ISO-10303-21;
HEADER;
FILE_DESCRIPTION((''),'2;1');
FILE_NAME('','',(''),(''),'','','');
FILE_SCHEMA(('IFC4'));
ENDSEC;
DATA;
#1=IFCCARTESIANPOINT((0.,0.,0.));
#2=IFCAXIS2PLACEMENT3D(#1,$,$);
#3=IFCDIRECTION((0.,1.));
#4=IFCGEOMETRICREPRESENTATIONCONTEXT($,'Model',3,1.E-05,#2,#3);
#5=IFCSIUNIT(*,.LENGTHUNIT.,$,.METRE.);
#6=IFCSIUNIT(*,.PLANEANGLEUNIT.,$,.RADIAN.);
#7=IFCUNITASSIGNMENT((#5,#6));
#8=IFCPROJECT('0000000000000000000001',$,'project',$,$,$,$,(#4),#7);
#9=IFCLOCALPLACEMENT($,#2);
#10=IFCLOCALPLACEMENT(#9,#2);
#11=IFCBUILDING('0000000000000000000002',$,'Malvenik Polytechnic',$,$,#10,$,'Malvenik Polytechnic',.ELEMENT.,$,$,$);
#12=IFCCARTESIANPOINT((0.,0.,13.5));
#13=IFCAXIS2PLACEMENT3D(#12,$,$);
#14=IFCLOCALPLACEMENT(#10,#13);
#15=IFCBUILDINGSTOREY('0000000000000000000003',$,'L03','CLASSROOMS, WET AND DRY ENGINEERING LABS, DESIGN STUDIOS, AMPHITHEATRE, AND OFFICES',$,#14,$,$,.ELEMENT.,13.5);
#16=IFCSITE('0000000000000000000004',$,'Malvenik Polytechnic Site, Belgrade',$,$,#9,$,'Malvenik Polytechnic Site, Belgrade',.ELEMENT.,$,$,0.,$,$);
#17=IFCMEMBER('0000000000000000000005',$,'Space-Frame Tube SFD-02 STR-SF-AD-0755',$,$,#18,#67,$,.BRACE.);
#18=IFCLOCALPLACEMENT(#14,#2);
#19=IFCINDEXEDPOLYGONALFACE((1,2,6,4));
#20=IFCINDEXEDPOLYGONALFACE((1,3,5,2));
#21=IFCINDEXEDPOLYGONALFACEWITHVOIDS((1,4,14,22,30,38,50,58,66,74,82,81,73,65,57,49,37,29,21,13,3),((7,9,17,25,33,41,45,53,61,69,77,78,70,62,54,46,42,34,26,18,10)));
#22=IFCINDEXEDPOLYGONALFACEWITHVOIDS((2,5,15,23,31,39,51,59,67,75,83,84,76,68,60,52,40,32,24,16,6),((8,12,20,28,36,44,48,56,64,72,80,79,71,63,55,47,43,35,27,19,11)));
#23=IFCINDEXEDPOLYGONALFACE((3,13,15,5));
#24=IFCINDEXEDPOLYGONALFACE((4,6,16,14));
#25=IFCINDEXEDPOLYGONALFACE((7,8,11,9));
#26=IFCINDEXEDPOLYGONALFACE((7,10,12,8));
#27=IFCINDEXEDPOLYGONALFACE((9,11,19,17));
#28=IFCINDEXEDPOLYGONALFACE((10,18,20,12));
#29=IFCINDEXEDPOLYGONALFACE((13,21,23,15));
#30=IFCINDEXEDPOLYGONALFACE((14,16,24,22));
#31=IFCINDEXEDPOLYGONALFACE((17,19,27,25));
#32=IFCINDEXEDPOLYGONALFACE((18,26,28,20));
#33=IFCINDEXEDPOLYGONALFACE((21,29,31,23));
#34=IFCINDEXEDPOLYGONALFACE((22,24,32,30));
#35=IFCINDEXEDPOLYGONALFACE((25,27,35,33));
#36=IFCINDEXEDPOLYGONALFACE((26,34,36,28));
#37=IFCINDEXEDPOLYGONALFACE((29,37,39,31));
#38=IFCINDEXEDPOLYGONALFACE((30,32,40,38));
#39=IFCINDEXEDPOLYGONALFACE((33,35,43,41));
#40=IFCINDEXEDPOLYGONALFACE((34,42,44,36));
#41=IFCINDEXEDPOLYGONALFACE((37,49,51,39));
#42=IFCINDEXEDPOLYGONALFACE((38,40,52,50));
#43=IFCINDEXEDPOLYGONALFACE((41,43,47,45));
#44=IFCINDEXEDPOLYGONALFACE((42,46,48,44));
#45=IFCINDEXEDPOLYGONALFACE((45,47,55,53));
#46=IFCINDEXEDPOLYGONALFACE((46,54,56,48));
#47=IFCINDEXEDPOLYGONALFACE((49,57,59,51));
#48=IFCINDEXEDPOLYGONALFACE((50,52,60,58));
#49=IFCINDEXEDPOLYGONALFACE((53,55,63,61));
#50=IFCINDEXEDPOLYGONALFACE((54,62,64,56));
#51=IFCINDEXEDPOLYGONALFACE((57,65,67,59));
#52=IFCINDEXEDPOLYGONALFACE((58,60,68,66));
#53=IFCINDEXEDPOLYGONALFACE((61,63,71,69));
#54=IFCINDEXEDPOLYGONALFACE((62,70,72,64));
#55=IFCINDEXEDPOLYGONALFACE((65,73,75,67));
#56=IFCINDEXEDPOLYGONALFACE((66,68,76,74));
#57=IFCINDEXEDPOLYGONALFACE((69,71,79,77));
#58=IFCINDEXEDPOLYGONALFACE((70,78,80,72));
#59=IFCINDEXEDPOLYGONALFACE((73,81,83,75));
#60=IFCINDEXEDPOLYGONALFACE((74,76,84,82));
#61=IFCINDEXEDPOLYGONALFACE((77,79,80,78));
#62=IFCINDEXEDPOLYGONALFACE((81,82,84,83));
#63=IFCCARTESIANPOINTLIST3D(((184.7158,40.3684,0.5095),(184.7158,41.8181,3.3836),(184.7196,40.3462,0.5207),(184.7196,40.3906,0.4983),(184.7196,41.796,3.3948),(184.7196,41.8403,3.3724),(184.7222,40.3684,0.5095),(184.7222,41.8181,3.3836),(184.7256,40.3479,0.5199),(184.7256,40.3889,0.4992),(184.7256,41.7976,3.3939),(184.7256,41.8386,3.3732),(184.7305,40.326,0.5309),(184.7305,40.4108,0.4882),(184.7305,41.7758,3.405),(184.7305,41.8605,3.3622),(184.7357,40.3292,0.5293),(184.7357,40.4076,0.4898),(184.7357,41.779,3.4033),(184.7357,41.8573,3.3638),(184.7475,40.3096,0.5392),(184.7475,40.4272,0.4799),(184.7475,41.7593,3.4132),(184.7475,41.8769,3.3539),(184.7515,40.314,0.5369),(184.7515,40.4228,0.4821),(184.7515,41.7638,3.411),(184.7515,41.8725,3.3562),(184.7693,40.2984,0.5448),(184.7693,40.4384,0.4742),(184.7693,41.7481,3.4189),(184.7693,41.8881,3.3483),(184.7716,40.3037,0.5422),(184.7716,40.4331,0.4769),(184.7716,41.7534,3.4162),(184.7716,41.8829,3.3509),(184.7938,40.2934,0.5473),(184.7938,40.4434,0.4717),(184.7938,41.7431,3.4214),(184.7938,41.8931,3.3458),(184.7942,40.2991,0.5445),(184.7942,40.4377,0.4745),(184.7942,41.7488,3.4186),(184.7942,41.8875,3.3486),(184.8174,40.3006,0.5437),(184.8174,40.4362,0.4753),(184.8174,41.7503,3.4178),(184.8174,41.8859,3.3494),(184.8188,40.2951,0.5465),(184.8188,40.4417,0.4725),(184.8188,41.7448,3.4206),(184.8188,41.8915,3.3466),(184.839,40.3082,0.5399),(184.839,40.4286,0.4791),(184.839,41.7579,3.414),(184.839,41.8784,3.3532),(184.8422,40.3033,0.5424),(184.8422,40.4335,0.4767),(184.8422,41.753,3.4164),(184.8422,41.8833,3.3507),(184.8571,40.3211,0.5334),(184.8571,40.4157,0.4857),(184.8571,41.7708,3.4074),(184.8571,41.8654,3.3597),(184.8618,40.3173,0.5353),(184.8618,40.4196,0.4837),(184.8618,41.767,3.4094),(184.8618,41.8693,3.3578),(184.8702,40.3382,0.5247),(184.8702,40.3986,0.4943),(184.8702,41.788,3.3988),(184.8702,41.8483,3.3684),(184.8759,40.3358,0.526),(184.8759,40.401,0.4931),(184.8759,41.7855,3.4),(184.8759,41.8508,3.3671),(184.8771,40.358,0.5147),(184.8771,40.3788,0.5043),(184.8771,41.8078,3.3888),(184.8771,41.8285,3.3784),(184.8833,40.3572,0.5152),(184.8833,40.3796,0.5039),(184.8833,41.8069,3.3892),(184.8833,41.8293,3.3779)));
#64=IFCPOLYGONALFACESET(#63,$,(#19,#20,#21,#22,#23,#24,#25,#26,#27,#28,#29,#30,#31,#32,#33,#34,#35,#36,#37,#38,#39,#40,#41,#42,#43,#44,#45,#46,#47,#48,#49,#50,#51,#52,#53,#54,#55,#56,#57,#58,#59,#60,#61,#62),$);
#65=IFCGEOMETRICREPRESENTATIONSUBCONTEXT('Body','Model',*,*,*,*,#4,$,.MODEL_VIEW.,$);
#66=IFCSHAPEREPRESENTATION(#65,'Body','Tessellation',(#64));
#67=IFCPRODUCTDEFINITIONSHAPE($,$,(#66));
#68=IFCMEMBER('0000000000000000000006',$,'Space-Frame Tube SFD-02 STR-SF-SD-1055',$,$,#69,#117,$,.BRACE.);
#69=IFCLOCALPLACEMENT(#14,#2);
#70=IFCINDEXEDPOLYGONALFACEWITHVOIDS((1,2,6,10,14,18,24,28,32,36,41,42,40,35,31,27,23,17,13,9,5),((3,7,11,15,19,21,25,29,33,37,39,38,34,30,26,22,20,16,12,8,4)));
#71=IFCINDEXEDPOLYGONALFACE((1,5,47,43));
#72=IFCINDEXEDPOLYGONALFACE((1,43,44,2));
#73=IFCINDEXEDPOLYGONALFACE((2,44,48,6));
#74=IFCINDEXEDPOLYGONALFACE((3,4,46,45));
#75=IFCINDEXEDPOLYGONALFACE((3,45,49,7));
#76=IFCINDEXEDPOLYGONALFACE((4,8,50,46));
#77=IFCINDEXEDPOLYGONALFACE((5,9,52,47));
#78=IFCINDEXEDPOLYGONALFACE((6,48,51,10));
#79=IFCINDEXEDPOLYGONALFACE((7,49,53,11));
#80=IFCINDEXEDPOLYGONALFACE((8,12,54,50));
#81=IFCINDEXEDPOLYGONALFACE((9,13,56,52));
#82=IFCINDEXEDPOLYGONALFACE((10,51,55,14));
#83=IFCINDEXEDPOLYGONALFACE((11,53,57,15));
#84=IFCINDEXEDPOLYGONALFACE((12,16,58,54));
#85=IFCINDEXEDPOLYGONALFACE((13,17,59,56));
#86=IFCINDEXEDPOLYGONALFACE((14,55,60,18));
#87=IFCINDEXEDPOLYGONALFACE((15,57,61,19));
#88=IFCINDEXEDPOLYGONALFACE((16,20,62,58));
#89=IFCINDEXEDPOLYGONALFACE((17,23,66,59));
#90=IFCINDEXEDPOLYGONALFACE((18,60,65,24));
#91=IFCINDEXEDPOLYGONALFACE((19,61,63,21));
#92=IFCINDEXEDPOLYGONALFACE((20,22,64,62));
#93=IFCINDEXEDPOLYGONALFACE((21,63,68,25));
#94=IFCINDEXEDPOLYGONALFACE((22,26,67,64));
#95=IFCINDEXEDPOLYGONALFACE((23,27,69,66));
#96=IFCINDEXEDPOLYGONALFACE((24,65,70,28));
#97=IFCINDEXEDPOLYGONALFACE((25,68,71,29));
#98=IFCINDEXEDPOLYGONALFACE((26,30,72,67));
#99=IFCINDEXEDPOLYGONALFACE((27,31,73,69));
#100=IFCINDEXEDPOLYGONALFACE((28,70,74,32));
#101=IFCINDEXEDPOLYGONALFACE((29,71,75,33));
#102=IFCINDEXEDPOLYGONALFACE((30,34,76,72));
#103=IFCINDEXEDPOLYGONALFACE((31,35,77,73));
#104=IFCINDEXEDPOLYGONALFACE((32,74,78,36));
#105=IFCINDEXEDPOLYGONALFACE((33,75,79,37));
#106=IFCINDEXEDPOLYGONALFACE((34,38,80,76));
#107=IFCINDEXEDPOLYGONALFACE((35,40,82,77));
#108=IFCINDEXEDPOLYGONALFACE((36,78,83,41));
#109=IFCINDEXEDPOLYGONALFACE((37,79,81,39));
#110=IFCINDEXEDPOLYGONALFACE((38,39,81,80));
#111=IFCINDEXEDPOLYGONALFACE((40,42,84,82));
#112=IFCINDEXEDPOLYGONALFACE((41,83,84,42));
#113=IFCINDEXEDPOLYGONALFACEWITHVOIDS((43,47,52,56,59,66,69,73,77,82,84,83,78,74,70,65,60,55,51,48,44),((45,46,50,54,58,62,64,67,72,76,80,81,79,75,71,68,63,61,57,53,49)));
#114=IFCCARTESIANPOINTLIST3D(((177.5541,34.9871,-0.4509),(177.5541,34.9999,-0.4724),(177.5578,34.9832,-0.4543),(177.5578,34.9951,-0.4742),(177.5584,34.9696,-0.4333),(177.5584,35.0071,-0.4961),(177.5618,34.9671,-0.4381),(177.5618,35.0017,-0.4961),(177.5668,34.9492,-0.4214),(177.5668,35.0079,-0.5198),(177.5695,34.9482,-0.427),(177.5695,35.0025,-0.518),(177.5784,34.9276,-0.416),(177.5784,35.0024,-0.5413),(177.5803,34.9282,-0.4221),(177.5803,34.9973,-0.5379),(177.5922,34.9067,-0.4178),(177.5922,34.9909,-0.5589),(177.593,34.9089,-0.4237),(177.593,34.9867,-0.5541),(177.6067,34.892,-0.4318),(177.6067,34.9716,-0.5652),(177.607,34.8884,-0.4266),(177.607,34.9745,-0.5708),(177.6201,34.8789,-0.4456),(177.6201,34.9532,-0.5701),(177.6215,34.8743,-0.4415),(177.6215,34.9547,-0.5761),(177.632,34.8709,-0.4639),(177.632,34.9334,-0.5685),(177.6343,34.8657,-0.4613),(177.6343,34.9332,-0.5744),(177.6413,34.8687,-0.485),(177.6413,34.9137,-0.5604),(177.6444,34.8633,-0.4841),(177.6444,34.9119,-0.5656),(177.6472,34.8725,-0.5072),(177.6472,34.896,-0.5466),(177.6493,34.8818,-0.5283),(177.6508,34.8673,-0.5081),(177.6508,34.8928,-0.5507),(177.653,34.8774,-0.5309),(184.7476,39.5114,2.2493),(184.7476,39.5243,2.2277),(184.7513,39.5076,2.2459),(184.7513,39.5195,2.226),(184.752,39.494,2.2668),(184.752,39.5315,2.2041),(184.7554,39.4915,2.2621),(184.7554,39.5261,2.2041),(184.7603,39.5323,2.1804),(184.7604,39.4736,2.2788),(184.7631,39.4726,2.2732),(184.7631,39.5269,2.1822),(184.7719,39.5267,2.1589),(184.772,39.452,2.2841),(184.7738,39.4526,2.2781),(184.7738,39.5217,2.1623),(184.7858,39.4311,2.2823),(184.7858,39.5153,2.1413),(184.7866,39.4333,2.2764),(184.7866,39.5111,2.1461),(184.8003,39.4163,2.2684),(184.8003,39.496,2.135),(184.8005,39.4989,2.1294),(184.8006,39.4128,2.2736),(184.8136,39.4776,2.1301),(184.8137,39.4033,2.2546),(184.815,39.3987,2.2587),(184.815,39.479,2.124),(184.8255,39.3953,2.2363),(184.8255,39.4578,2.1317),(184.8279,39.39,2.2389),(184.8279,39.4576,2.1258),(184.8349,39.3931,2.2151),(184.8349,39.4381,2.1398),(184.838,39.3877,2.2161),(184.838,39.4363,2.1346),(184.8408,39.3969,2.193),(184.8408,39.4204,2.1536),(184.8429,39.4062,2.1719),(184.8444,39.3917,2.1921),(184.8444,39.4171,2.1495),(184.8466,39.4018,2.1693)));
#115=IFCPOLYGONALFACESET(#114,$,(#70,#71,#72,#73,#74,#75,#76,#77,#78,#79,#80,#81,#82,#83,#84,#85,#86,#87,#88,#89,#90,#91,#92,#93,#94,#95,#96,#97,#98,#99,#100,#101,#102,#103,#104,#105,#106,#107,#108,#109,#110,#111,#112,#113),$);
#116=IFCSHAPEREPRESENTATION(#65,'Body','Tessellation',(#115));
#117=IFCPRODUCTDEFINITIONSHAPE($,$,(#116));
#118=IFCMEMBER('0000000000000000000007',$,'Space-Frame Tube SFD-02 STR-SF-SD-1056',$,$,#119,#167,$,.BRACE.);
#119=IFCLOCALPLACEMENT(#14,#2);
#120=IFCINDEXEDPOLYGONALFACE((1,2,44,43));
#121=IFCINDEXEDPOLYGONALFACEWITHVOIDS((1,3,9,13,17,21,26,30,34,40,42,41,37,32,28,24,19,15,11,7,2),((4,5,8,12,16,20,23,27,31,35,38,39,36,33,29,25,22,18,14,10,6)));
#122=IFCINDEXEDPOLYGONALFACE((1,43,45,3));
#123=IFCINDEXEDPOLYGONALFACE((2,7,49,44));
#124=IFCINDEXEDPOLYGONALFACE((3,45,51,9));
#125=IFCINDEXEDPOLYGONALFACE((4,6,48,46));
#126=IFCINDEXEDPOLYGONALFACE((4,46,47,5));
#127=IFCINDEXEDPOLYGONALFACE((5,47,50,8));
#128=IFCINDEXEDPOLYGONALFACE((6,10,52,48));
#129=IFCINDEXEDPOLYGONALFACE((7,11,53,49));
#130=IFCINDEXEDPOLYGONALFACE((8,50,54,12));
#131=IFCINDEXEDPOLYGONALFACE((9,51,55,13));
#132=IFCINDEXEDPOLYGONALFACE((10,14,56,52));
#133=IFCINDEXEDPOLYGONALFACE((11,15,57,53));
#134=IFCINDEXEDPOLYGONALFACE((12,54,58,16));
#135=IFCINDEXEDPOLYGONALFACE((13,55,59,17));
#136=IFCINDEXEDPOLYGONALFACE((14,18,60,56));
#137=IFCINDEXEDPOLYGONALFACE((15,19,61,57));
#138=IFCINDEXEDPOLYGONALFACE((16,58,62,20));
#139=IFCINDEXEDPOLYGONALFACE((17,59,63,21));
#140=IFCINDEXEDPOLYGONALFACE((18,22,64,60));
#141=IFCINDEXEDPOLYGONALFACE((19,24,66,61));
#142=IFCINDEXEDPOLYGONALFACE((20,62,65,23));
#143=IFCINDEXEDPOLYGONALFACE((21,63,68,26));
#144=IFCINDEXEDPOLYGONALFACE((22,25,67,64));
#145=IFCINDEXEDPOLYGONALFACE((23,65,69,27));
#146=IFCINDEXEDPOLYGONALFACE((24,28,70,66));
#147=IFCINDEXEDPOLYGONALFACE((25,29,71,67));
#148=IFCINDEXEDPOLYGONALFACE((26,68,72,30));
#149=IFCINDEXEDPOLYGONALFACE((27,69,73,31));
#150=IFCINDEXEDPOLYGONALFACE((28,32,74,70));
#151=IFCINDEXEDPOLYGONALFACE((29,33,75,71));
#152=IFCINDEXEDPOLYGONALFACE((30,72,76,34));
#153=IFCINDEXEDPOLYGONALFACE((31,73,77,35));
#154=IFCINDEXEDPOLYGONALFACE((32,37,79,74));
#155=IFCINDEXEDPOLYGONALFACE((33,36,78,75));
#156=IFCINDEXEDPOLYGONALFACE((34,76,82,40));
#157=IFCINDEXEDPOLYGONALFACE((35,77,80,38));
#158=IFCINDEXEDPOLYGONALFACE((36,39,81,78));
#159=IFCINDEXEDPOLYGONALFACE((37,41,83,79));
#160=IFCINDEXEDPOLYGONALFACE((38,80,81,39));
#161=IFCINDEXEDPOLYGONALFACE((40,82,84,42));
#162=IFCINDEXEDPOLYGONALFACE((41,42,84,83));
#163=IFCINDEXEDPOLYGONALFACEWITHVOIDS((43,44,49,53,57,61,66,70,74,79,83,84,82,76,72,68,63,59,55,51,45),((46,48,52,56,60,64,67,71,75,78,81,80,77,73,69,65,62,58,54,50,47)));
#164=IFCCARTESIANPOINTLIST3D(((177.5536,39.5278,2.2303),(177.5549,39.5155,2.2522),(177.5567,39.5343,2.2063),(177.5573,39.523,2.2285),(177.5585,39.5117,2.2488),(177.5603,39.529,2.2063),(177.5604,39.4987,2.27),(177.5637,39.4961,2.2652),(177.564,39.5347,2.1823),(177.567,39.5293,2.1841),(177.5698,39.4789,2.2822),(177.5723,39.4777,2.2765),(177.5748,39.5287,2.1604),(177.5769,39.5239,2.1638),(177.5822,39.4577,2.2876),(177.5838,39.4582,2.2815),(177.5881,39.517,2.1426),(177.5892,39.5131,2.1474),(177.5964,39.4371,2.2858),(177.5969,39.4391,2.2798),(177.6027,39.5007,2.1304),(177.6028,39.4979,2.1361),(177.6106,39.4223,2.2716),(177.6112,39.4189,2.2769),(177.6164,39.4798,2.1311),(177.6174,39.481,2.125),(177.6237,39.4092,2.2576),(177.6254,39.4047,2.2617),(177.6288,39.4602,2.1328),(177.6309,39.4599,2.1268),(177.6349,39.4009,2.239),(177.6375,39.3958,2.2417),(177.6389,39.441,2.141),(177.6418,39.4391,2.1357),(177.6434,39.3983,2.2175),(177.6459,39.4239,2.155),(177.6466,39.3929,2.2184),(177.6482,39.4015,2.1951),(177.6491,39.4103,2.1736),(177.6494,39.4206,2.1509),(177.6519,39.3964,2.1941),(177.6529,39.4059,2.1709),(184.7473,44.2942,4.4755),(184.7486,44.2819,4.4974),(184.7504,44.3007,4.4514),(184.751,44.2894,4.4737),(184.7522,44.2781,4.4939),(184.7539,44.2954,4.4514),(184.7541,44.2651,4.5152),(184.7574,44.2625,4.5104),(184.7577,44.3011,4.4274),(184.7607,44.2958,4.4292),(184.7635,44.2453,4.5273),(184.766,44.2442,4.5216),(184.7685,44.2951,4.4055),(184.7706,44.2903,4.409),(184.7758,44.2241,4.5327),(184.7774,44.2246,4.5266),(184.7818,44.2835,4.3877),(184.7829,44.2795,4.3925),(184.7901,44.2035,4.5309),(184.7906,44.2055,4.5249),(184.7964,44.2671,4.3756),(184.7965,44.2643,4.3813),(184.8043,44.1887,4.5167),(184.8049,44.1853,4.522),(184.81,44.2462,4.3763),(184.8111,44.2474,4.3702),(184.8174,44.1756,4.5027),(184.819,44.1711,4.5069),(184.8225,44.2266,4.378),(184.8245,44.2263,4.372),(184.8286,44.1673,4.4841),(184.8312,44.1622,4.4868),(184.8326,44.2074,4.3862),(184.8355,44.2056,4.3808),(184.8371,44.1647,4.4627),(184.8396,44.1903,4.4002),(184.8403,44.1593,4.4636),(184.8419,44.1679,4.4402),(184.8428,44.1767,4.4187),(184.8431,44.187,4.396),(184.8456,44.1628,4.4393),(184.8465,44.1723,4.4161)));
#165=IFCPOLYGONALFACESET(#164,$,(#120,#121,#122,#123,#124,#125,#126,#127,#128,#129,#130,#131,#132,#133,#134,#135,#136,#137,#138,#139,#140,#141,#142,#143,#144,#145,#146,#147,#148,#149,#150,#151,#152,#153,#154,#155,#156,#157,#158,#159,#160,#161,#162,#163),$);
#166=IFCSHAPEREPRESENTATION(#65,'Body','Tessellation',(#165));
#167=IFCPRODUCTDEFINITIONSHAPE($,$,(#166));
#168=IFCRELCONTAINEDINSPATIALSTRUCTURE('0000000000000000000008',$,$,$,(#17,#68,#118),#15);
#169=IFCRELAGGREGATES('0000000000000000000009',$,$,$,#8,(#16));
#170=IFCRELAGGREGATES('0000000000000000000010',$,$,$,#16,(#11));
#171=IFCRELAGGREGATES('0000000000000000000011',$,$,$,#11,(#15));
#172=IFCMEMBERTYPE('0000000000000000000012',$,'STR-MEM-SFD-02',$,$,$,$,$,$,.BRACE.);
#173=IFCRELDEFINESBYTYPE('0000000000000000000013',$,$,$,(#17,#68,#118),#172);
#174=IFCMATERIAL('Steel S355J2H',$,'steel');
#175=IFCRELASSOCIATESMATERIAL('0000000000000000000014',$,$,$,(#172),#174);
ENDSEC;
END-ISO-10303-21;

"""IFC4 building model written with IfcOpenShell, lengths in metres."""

from ifc_helpers import new_model, si_unit, direction, frame, origin, origin_2d, place, context, subcontext, project, spatial, hollow_circle, extrude, material, material_profile, profile_set, type_object, element, save


model = new_model("IFC4")

# Units and contexts
model_context = context("Model", 3, precision=1e-05, world=origin(), true_north=direction((0.0, 1.0)))
body_context = subcontext(model_context, "Body", "Model", "MODEL_VIEW")
ifc_project = project(units=[si_unit("LENGTHUNIT", "METRE"), si_unit("PLANEANGLEUNIT", "RADIAN")], contexts=[model_context])

# Site, building, storey
site_placement = place(None, origin())
site = spatial("IfcSite", under=ifc_project, at=site_placement, Name="Malvenik Polytechnic Site, Belgrade", LongName="Malvenik Polytechnic Site, Belgrade", CompositionType="ELEMENT", RefElevation=0.0)
building_placement = place(site_placement, origin())
building = spatial("IfcBuilding", under=site, at=building_placement, Name="Malvenik Polytechnic", LongName="Malvenik Polytechnic", CompositionType="ELEMENT")
storey_placement = place(building_placement, frame((0.0, 0.0, 13.5)))
storey = spatial("IfcBuildingStorey", under=building, at=storey_placement, Name="L03", Description="CLASSROOMS, WET AND DRY ENGINEERING LABS, DESIGN STUDIOS, AMPHITHEATRE, AND OFFICES", CompositionType="ELEMENT", Elevation=13.5)

# Members
ifc_material = material(Name="Steel S355J2H", Category="steel")
ifc_material_profile_1 = material_profile(ifc_material, hollow_circle(Radius=0.0842, WallThickness=0.0063, at=origin_2d()), Name="CHS 168.3x6.3")
ifc_profile_set_1 = profile_set([ifc_material_profile_1], Name="Steel S355J2H")
member_type_1 = type_object("IfcMemberType", Name="STR-MEM-SFD-02", PredefinedType="BRACE", material=ifc_profile_set_1)
for number, where, z_axis, x_axis, name in (
    (1, (184.8, 40.3684, 0.5095), (0.0, 0.450366, 0.892844), (-1.0, 0.0, 0.0), "Space-Frame Tube SFD-02 STR-SF-AD-0755"),
):
    element("IfcMember", number, at=place(storey_placement, frame(where, z_axis=z_axis, x_axis=x_axis)), inside=storey, type_object=member_type_1, Name=name, PredefinedType="BRACE", context=body_context, shape_type="SweptSolid", body=[
        extrude(hollow_circle(Radius=0.0842, WallThickness=0.0063, at=origin_2d()), origin(), (0.0, 0.0, 1.0), 3.219),
    ])
for number, where, z_axis, x_axis, name in (
    (2, (177.6033, 34.9358, -0.4961), (0.806747, 0.507403, 0.302821), (-0.532401, 0.846492, 0.0), "Space-Frame Tube SFD-02 STR-SF-SD-1055"),
    (3, (177.6033, 39.4641, 2.2063), (0.806761, 0.534546, 0.251789), (-0.552341, 0.833618, 0.0), "Space-Frame Tube SFD-02 STR-SF-SD-1056"),
):
    element("IfcMember", number, at=place(storey_placement, frame(where, z_axis=z_axis, x_axis=x_axis)), inside=storey, type_object=member_type_1, Name=name, PredefinedType="BRACE", context=body_context, shape_type="SweptSolid", body=[
        extrude(hollow_circle(Radius=0.0842, WallThickness=0.0063, at=origin_2d()), origin(), (0.0, 0.0, 1.0), 8.9167),
    ])

save(model, "model.ifc")
